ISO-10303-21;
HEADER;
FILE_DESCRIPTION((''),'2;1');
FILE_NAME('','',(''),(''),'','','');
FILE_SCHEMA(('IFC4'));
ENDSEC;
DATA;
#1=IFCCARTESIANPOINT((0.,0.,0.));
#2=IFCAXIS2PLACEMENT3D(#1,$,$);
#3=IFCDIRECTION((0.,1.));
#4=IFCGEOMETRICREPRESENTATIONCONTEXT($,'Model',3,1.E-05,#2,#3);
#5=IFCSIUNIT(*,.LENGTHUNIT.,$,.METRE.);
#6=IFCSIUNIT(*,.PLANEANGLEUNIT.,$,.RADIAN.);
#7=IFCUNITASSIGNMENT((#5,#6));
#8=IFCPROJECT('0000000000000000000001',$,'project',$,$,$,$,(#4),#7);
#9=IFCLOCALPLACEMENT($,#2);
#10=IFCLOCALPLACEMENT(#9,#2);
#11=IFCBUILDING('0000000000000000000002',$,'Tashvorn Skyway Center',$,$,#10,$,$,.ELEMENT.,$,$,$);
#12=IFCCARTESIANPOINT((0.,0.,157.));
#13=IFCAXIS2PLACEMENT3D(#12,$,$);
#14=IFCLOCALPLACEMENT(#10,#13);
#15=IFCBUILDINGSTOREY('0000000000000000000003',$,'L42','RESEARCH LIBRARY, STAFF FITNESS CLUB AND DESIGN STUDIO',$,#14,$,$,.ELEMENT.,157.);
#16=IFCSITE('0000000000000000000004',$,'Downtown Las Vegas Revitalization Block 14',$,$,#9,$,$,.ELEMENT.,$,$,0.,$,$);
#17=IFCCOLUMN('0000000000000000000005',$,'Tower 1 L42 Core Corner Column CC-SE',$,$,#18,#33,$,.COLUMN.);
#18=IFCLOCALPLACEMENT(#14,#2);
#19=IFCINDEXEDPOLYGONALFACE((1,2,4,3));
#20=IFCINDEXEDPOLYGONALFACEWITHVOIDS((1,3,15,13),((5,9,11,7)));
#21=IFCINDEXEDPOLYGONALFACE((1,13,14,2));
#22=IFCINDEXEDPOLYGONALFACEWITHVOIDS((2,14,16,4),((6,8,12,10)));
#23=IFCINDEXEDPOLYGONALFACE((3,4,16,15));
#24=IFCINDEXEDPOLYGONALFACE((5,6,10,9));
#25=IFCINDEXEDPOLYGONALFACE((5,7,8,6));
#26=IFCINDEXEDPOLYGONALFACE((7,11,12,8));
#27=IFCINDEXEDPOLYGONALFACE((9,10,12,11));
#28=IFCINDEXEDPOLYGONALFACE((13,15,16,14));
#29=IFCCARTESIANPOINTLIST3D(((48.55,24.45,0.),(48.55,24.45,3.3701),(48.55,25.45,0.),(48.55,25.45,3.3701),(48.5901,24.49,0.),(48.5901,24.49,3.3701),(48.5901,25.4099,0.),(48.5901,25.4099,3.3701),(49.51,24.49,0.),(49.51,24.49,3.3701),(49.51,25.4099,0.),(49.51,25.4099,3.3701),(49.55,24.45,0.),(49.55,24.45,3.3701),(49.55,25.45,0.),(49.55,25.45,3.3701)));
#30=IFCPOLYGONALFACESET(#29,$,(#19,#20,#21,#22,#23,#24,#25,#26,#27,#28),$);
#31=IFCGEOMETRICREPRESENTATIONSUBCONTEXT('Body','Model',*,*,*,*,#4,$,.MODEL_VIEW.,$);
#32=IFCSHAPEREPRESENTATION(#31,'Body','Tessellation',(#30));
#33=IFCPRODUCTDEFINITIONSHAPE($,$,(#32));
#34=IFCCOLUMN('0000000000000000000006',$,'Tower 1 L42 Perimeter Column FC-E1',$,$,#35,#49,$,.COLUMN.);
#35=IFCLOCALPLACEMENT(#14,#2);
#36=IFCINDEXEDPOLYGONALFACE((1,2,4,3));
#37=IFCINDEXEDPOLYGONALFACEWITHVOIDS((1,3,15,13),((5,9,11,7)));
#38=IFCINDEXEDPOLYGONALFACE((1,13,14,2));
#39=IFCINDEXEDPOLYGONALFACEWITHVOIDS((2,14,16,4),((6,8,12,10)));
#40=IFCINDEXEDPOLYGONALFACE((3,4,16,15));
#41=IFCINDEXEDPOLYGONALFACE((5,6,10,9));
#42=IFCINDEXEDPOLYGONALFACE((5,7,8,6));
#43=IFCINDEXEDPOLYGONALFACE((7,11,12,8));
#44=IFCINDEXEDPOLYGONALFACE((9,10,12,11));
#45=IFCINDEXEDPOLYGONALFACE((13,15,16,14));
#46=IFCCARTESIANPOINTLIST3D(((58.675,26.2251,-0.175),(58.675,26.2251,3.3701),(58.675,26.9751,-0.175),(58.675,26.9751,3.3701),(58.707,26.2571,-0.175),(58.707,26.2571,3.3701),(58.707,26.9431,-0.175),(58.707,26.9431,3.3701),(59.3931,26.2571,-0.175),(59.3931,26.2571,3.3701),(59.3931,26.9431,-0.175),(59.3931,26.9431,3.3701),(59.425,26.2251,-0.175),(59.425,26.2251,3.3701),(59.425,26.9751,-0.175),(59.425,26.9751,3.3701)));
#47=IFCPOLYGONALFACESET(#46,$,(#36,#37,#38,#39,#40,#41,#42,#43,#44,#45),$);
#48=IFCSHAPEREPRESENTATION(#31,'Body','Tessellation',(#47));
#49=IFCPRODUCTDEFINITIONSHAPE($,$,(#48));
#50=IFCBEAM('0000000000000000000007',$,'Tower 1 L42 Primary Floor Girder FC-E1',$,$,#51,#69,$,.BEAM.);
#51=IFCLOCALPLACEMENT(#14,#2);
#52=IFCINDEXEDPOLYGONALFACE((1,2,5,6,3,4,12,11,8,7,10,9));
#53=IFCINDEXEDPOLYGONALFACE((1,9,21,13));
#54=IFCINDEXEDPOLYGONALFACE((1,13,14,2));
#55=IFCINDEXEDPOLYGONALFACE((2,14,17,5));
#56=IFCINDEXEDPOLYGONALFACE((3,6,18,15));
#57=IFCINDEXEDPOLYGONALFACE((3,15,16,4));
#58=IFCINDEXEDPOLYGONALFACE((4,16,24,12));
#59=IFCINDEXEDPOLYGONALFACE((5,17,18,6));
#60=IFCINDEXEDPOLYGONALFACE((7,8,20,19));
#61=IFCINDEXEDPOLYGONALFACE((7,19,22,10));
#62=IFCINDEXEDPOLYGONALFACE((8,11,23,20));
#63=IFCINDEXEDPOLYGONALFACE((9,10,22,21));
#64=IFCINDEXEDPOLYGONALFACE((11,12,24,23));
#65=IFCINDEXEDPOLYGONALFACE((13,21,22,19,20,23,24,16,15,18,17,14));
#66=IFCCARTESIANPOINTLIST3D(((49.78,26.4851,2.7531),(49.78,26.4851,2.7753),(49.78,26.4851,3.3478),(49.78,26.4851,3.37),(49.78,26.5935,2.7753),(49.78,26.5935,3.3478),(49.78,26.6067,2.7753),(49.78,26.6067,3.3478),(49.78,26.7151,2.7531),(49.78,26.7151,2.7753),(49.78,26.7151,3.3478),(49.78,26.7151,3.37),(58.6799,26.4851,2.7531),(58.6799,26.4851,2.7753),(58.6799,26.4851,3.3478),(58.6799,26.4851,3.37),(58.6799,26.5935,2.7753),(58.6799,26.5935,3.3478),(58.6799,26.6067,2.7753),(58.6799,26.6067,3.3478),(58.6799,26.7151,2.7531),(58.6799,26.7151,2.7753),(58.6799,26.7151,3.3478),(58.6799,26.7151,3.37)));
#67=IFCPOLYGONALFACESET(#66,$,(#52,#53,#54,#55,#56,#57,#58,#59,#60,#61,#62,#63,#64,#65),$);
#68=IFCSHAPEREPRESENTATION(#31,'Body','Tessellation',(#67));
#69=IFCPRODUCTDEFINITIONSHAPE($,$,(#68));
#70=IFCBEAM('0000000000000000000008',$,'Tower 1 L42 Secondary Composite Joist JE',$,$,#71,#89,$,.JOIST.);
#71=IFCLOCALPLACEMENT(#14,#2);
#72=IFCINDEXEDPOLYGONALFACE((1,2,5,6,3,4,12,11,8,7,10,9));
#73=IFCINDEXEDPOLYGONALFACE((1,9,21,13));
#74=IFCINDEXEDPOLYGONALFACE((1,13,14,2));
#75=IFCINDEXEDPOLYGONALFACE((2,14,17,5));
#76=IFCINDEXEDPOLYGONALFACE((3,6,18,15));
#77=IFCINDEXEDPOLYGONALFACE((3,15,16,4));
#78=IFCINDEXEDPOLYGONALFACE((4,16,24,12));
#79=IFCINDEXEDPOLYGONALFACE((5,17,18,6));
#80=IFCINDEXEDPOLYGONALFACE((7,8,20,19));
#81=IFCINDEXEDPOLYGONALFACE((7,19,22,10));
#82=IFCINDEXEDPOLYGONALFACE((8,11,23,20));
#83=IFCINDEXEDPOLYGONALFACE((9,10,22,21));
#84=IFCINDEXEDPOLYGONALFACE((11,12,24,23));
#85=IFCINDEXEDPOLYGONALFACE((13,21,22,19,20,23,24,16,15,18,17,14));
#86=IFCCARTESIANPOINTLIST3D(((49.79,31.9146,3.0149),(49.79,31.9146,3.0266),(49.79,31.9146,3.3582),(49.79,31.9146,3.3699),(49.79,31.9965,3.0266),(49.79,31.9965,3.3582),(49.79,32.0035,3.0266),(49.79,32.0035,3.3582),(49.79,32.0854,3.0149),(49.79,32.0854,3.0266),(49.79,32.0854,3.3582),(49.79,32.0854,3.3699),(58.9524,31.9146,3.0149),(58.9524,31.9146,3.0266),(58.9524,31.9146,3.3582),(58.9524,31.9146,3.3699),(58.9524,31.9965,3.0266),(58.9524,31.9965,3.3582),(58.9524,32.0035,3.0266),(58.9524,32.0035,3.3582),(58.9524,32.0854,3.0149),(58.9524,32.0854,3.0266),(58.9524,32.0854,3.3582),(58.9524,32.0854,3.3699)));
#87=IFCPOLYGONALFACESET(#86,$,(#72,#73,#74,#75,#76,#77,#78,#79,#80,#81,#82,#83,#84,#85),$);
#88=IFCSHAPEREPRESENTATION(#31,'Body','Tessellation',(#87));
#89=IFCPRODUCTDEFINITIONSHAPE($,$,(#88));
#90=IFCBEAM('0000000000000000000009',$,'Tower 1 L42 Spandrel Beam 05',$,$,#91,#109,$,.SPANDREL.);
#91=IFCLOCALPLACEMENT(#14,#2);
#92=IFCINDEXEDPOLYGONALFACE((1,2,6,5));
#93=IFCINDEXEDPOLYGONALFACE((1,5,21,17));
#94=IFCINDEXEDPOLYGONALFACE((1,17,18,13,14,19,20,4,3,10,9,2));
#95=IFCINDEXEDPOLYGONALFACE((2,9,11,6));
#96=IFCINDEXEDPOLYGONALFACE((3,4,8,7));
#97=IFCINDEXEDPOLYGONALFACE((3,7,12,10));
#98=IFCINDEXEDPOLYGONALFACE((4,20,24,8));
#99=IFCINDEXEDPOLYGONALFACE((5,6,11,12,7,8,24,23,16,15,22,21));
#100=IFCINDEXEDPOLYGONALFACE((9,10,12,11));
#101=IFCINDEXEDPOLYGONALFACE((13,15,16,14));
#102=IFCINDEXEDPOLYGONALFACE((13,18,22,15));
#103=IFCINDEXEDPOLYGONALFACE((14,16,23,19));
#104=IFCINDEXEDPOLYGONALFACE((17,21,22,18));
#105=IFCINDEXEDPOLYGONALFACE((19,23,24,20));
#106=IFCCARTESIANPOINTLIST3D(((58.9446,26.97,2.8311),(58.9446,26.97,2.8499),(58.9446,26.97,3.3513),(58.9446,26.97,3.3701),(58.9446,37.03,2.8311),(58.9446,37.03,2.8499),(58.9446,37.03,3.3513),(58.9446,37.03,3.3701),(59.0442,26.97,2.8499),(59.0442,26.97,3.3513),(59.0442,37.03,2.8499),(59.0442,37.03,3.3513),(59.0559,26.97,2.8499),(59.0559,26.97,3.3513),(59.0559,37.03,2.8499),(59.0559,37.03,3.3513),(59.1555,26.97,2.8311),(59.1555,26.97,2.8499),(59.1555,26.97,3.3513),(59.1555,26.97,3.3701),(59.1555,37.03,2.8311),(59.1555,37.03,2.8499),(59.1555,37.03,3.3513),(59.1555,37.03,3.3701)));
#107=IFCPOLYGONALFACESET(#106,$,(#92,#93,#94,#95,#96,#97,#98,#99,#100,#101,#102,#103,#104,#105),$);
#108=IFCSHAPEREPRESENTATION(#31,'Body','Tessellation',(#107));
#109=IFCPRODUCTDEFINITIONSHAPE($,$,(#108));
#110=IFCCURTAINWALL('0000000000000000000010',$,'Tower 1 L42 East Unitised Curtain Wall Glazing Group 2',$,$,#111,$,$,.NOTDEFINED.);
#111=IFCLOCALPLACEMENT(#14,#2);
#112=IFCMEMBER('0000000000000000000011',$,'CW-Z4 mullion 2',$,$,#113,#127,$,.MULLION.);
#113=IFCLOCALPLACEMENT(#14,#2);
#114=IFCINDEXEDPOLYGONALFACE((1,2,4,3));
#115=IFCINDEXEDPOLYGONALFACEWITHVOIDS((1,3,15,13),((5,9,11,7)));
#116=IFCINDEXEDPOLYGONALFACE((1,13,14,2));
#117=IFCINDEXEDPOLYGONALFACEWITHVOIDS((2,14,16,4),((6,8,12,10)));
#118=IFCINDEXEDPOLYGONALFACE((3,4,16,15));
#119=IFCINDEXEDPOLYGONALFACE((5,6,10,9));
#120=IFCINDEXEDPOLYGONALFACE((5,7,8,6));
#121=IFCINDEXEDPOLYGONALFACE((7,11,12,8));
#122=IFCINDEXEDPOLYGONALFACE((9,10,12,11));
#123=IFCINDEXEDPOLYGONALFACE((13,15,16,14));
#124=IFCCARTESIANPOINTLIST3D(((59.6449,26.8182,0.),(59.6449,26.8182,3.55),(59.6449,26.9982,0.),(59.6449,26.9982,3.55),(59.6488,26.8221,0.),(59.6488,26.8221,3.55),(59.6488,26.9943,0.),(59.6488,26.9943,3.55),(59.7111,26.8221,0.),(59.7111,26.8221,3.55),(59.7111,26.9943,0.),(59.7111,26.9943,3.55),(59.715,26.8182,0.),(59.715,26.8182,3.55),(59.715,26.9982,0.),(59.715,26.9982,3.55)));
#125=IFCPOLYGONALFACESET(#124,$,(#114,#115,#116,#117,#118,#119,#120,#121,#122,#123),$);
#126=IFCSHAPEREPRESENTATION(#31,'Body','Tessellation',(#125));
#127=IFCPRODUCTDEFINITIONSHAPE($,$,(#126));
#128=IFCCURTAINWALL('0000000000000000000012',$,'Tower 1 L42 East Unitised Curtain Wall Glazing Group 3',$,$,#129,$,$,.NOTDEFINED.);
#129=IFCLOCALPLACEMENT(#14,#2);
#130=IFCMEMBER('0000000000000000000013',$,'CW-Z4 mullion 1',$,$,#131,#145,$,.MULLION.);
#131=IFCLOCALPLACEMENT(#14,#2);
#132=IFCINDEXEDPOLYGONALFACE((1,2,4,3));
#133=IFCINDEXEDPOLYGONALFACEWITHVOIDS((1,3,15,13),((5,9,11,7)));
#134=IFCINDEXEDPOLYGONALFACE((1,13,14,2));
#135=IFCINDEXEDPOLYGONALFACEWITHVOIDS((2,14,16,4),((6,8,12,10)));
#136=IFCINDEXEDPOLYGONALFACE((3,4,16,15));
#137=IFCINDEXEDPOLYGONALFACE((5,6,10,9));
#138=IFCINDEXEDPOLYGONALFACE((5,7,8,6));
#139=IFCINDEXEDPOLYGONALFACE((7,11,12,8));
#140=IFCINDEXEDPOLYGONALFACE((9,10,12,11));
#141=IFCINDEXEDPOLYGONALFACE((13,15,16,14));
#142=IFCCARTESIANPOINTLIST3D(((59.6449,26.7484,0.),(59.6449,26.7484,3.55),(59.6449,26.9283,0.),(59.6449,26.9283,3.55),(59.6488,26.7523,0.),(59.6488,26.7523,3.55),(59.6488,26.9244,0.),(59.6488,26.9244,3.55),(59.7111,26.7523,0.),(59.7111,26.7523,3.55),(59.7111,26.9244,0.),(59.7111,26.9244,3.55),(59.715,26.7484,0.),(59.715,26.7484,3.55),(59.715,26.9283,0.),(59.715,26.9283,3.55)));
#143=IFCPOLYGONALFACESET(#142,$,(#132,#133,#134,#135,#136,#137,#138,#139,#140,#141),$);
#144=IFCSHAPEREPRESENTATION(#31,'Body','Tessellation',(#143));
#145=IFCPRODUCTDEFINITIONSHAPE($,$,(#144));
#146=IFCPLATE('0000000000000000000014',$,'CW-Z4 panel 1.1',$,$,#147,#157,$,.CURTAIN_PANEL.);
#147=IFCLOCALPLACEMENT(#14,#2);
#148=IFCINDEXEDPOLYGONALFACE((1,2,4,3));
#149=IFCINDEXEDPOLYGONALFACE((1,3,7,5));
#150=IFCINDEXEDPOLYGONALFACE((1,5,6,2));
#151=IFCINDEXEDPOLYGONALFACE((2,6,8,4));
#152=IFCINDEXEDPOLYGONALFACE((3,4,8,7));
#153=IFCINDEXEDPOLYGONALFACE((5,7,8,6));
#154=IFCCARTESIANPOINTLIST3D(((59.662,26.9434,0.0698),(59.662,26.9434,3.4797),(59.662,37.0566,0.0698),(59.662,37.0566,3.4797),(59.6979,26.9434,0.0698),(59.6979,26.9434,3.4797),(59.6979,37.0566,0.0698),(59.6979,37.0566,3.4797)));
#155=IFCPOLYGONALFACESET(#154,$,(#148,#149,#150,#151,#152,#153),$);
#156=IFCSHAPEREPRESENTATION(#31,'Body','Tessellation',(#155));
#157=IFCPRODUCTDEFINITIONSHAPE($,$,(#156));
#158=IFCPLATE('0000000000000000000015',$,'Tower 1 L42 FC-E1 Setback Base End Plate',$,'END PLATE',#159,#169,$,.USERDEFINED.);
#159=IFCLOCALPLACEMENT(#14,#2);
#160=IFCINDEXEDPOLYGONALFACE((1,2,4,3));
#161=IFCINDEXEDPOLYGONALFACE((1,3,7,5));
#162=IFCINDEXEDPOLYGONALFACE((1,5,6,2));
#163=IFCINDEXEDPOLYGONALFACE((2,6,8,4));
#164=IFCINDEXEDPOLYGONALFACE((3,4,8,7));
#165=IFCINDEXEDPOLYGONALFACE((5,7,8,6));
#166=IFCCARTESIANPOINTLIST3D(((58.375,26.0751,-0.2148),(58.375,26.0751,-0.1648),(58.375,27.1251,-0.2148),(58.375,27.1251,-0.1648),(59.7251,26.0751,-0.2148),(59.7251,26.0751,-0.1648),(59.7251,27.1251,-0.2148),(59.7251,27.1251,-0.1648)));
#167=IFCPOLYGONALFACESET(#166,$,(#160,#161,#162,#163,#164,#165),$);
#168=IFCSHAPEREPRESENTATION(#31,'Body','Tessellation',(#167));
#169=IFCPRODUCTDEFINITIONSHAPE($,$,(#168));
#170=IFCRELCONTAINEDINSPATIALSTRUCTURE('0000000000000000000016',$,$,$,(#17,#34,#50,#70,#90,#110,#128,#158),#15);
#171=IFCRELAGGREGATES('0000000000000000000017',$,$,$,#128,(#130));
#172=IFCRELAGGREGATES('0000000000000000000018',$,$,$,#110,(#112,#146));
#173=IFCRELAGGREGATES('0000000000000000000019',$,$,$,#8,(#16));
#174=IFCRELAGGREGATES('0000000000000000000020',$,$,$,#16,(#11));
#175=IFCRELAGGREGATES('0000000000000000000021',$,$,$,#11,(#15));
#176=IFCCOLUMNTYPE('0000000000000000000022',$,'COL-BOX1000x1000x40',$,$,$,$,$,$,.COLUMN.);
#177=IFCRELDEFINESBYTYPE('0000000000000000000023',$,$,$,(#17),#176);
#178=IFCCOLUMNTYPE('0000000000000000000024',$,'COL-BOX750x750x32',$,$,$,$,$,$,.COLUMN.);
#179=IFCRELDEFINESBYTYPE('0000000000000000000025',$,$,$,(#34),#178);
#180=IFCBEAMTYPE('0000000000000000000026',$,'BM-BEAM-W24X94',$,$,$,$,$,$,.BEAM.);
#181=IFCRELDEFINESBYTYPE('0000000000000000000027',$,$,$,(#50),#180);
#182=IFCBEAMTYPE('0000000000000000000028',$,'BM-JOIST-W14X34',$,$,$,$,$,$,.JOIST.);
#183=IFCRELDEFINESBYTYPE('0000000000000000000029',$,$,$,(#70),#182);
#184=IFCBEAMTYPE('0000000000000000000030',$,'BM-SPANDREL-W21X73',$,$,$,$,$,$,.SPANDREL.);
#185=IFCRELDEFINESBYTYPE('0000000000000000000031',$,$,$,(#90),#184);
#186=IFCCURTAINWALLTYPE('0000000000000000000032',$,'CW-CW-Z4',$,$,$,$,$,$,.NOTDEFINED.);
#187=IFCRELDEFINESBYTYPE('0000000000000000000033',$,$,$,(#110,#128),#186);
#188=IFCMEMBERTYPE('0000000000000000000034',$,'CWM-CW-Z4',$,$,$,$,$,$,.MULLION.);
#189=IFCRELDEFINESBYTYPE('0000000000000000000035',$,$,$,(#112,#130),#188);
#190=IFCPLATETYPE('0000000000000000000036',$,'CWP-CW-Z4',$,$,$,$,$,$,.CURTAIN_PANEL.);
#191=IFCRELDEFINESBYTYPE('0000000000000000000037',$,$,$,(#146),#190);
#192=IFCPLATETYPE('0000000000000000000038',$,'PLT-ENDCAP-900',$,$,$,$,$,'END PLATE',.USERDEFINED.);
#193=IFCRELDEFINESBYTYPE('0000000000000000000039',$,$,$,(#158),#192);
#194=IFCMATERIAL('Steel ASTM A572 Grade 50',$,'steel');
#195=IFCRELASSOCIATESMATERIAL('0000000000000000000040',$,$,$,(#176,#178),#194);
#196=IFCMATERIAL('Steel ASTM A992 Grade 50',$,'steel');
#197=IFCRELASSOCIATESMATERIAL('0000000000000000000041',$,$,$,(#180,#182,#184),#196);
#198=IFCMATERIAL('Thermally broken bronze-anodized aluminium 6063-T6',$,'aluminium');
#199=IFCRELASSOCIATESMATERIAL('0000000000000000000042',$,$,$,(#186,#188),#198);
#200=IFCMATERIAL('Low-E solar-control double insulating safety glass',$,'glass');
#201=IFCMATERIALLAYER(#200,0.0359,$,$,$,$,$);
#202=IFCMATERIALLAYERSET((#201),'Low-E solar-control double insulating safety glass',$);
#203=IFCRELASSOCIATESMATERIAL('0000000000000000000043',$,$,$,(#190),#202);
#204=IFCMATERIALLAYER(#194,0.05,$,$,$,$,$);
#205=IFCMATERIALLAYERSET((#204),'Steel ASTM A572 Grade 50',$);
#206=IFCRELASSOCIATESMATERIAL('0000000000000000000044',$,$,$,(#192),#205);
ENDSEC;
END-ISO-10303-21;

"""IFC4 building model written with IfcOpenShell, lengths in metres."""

from ifc_helpers import new_model, si_unit, direction, frame, origin, origin_2d, place, context, subcontext, project, spatial, rectangle, hollow_rectangle, i_section, extrude, material, layer, layer_set, material_profile, profile_set, type_object, element, aggregate, save


model = new_model("IFC4")

# Units and contexts
model_context = context("Model", 3, precision=1e-05, world=origin(), true_north=direction((0.0, 1.0)))
body_context = subcontext(model_context, "Body", "Model", "MODEL_VIEW")
ifc_project = project(units=[si_unit("LENGTHUNIT", "METRE"), si_unit("PLANEANGLEUNIT", "RADIAN")], contexts=[model_context])

# Site, building, storey
site_placement = place(None, origin())
site = spatial("IfcSite", under=ifc_project, at=site_placement, Name="Downtown Las Vegas Revitalization Block 14", CompositionType="ELEMENT", RefElevation=0.0)
building_placement = place(site_placement, origin())
building = spatial("IfcBuilding", under=site, at=building_placement, Name="Tashvorn Skyway Center", CompositionType="ELEMENT")
storey_placement = place(building_placement, frame((0.0, 0.0, 157.0)))
storey = spatial("IfcBuildingStorey", under=building, at=storey_placement, Name="L42", Description="RESEARCH LIBRARY, STAFF FITNESS CLUB AND DESIGN STUDIO", CompositionType="ELEMENT", Elevation=157.0)

# Columns
ifc_material_1 = material(Name="Steel ASTM A572 Grade 50", Category="steel")
ifc_material_profile_1 = material_profile(ifc_material_1, hollow_rectangle(XDim=1.0, YDim=1.0, WallThickness=0.04, at=origin_2d()), Name="BOX1000x1000x40")
ifc_profile_set_1 = profile_set([ifc_material_profile_1], Name="Steel ASTM A572 Grade 50")
column_type_1 = type_object("IfcColumnType", Name="COL-BOX1000x1000x40", PredefinedType="COLUMN", material=ifc_profile_set_1)
column_1_placement = place(storey_placement, frame((49.05, 24.95, 0.0), z_axis=(0.0, 0.0, 1.0), x_axis=(1.0, 0.0, 0.0)))
element("IfcColumn", 1, at=column_1_placement, inside=storey, type_object=column_type_1, Name="Tower 1 L42 Core Corner Column CC-SE", PredefinedType="COLUMN", context=body_context, shape_type="SweptSolid", body=[
    extrude(hollow_rectangle(XDim=1.0, YDim=1.0, WallThickness=0.04, at=origin_2d()), origin(), (0.0, 0.0, 1.0), 3.3701),
])
ifc_material_profile_2 = material_profile(ifc_material_1, hollow_rectangle(XDim=0.75, YDim=0.75, WallThickness=0.032, at=origin_2d()), Name="BOX750x750x32")
ifc_profile_set_2 = profile_set([ifc_material_profile_2], Name="Steel ASTM A572 Grade 50")
column_type_2 = type_object("IfcColumnType", Name="COL-BOX750x750x32", PredefinedType="COLUMN", material=ifc_profile_set_2)
column_2_placement = place(storey_placement, frame((59.05, 26.6001, -0.175), z_axis=(0.0, 0.0, 1.0), x_axis=(1.0, 0.0, 0.0)))
element("IfcColumn", 2, at=column_2_placement, inside=storey, type_object=column_type_2, Name="Tower 1 L42 Perimeter Column FC-E1", PredefinedType="COLUMN", context=body_context, shape_type="SweptSolid", body=[
    extrude(hollow_rectangle(XDim=0.75, YDim=0.75, WallThickness=0.032, at=origin_2d()), origin(), (0.0, 0.0, 1.0), 3.5452),
])

# Beams
ifc_material_2 = material(Name="Steel ASTM A992 Grade 50", Category="steel")
ifc_material_profile_3 = material_profile(ifc_material_2, i_section(OverallWidth=0.23, OverallDepth=0.6169, WebThickness=0.0132, FlangeThickness=0.0222, at=origin_2d()), Name="W24X94")
ifc_profile_set_3 = profile_set([ifc_material_profile_3], Name="Steel ASTM A992 Grade 50")
beam_type_1 = type_object("IfcBeamType", Name="BM-BEAM-W24X94", PredefinedType="BEAM", material=ifc_profile_set_3)
beam_1_placement = place(storey_placement, frame((58.6799, 26.6001, 3.0615), z_axis=(-1.0, 0.0, 0.0), x_axis=(0.0, -1.0, 0.0)))
element("IfcBeam", 3, at=beam_1_placement, inside=storey, type_object=beam_type_1, Name="Tower 1 L42 Primary Floor Girder FC-E1", PredefinedType="BEAM", context=body_context, shape_type="SweptSolid", body=[
    extrude(i_section(OverallWidth=0.23, OverallDepth=0.6169, WebThickness=0.0132, FlangeThickness=0.0222, at=origin_2d()), origin(), (0.0, 0.0, 1.0), 8.8999),
])
ifc_material_profile_4 = material_profile(ifc_material_2, i_section(OverallWidth=0.1709, OverallDepth=0.355, WebThickness=0.0071, FlangeThickness=0.0117, at=origin_2d()), Name="W14X34")
ifc_profile_set_4 = profile_set([ifc_material_profile_4], Name="Steel ASTM A992 Grade 50")
beam_type_2 = type_object("IfcBeamType", Name="BM-JOIST-W14X34", PredefinedType="JOIST", material=ifc_profile_set_4)
beam_2_placement = place(storey_placement, frame((49.79, 32.0, 3.1924), z_axis=(1.0, 0.0, 0.0), x_axis=(0.0, 1.0, 0.0)))
element("IfcBeam", 4, at=beam_2_placement, inside=storey, type_object=beam_type_2, Name="Tower 1 L42 Secondary Composite Joist JE", PredefinedType="JOIST", context=body_context, shape_type="SweptSolid", body=[
    extrude(i_section(OverallWidth=0.1709, OverallDepth=0.355, WebThickness=0.0071, FlangeThickness=0.0117, at=origin_2d()), origin(), (0.0, 0.0, 1.0), 9.1624),
])
ifc_material_profile_5 = material_profile(ifc_material_2, i_section(OverallWidth=0.2109, OverallDepth=0.5391, WebThickness=0.0117, FlangeThickness=0.0188, at=origin_2d()), Name="W21X73")
ifc_profile_set_5 = profile_set([ifc_material_profile_5], Name="Steel ASTM A992 Grade 50")
beam_type_3 = type_object("IfcBeamType", Name="BM-SPANDREL-W21X73", PredefinedType="SPANDREL", material=ifc_profile_set_5)
beam_3_placement = place(storey_placement, frame((59.05, 26.97, 3.1006), z_axis=(0.0, 1.0, 0.0), x_axis=(-1.0, 0.0, 0.0)))
element("IfcBeam", 5, at=beam_3_placement, inside=storey, type_object=beam_type_3, Name="Tower 1 L42 Spandrel Beam 05", PredefinedType="SPANDREL", context=body_context, shape_type="SweptSolid", body=[
    extrude(i_section(OverallWidth=0.2109, OverallDepth=0.5391, WebThickness=0.0117, FlangeThickness=0.0188, at=origin_2d()), origin(), (0.0, 0.0, 1.0), 10.0601),
])

# Curtain walls, members
ifc_material_3 = material(Name="Thermally broken bronze-anodized aluminium 6063-T6", Category="aluminium")
curtain_wall_type = type_object("IfcCurtainWallType", Name="CW-CW-Z4", PredefinedType="NOTDEFINED", material=ifc_material_3)
curtain_wall_1_placement = place(storey_placement, origin())
curtain_wall_1 = element("IfcCurtainWall", 6, at=curtain_wall_1_placement, inside=storey, type_object=curtain_wall_type, Name="Tower 1 L42 East Unitised Curtain Wall Glazing Group 2", PredefinedType="NOTDEFINED")
ifc_material_profile_6 = material_profile(ifc_material_3, hollow_rectangle(XDim=0.0701, YDim=0.1799, WallThickness=0.0039, at=origin_2d()), Name="ALU-MULL-70x180")
ifc_profile_set_6 = profile_set([ifc_material_profile_6], Name="Thermally broken bronze-anodized aluminium 6063-T6")
member_type = type_object("IfcMemberType", Name="CWM-CW-Z4", PredefinedType="MULLION", material=ifc_profile_set_6)
member_1_placement = place(storey_placement, frame((59.6799, 26.9082, 0.0), z_axis=(0.0, 0.0, 1.0), x_axis=(1.0, 0.0, 0.0)))
member_1 = element("IfcMember", 7, at=member_1_placement, type_object=member_type, Name="CW-Z4 mullion 2", PredefinedType="MULLION", context=body_context, shape_type="SweptSolid", body=[
    extrude(hollow_rectangle(XDim=0.0701, YDim=0.1799, WallThickness=0.0039, at=origin_2d()), origin(), (0.0, 0.0, 1.0), 3.55),
])
curtain_wall_2_placement = place(storey_placement, origin())
curtain_wall_2 = element("IfcCurtainWall", 8, at=curtain_wall_2_placement, inside=storey, type_object=curtain_wall_type, Name="Tower 1 L42 East Unitised Curtain Wall Glazing Group 3", PredefinedType="NOTDEFINED")
member_2_placement = place(storey_placement, frame((59.6799, 26.8384, 0.0), z_axis=(0.0, 0.0, 1.0), x_axis=(1.0, 0.0, 0.0)))
member_2 = element("IfcMember", 9, at=member_2_placement, type_object=member_type, Name="CW-Z4 mullion 1", PredefinedType="MULLION", context=body_context, shape_type="SweptSolid", body=[
    extrude(hollow_rectangle(XDim=0.0701, YDim=0.1799, WallThickness=0.0039, at=origin_2d()), origin(), (0.0, 0.0, 1.0), 3.55),
])
aggregate(curtain_wall_2, [member_2])

# Plates
ifc_material_4 = material(Name="Low-E solar-control double insulating safety glass", Category="glass")
ifc_layer_1 = layer(ifc_material_4, 0.0359)
ifc_layer_set_1 = layer_set([ifc_layer_1], Name="Low-E solar-control double insulating safety glass")
plate_type_1 = type_object("IfcPlateType", Name="CWP-CW-Z4", PredefinedType="CURTAIN_PANEL", material=ifc_layer_set_1)
plate_1_placement = place(storey_placement, frame((59.6799, 32.0, 0.0698), z_axis=(0.0, 0.0, 1.0), x_axis=(0.0, -1.0, 0.0)))
plate_1 = element("IfcPlate", 10, at=plate_1_placement, type_object=plate_type_1, Name="CW-Z4 panel 1.1", PredefinedType="CURTAIN_PANEL", context=body_context, shape_type="SweptSolid", body=[
    extrude(rectangle(XDim=10.1133, YDim=0.0359, at=origin_2d()), origin(), (0.0, 0.0, 1.0), 3.4099),
])
aggregate(curtain_wall_1, [member_1, plate_1])
ifc_layer_2 = layer(ifc_material_1, 0.05)
ifc_layer_set_2 = layer_set([ifc_layer_2], Name="Steel ASTM A572 Grade 50")
plate_type_2 = type_object("IfcPlateType", Name="PLT-ENDCAP-900", ElementType="END PLATE", PredefinedType="USERDEFINED", material=ifc_layer_set_2)
plate_2_placement = place(storey_placement, frame((59.05, 26.6001, -0.2148), z_axis=(0.0, 0.0, 1.0), x_axis=(1.0, 0.0, 0.0)))
element("IfcPlate", 11, at=plate_2_placement, inside=storey, type_object=plate_type_2, Name="Tower 1 L42 FC-E1 Setback Base End Plate", ObjectType="END PLATE", PredefinedType="USERDEFINED", context=body_context, shape_type="SweptSolid", body=[
    extrude(rectangle(XDim=1.3501, YDim=1.05, at=origin_2d()), origin(), (0.0, 0.0, 1.0), 0.05),
])

save(model, "model.ifc")
